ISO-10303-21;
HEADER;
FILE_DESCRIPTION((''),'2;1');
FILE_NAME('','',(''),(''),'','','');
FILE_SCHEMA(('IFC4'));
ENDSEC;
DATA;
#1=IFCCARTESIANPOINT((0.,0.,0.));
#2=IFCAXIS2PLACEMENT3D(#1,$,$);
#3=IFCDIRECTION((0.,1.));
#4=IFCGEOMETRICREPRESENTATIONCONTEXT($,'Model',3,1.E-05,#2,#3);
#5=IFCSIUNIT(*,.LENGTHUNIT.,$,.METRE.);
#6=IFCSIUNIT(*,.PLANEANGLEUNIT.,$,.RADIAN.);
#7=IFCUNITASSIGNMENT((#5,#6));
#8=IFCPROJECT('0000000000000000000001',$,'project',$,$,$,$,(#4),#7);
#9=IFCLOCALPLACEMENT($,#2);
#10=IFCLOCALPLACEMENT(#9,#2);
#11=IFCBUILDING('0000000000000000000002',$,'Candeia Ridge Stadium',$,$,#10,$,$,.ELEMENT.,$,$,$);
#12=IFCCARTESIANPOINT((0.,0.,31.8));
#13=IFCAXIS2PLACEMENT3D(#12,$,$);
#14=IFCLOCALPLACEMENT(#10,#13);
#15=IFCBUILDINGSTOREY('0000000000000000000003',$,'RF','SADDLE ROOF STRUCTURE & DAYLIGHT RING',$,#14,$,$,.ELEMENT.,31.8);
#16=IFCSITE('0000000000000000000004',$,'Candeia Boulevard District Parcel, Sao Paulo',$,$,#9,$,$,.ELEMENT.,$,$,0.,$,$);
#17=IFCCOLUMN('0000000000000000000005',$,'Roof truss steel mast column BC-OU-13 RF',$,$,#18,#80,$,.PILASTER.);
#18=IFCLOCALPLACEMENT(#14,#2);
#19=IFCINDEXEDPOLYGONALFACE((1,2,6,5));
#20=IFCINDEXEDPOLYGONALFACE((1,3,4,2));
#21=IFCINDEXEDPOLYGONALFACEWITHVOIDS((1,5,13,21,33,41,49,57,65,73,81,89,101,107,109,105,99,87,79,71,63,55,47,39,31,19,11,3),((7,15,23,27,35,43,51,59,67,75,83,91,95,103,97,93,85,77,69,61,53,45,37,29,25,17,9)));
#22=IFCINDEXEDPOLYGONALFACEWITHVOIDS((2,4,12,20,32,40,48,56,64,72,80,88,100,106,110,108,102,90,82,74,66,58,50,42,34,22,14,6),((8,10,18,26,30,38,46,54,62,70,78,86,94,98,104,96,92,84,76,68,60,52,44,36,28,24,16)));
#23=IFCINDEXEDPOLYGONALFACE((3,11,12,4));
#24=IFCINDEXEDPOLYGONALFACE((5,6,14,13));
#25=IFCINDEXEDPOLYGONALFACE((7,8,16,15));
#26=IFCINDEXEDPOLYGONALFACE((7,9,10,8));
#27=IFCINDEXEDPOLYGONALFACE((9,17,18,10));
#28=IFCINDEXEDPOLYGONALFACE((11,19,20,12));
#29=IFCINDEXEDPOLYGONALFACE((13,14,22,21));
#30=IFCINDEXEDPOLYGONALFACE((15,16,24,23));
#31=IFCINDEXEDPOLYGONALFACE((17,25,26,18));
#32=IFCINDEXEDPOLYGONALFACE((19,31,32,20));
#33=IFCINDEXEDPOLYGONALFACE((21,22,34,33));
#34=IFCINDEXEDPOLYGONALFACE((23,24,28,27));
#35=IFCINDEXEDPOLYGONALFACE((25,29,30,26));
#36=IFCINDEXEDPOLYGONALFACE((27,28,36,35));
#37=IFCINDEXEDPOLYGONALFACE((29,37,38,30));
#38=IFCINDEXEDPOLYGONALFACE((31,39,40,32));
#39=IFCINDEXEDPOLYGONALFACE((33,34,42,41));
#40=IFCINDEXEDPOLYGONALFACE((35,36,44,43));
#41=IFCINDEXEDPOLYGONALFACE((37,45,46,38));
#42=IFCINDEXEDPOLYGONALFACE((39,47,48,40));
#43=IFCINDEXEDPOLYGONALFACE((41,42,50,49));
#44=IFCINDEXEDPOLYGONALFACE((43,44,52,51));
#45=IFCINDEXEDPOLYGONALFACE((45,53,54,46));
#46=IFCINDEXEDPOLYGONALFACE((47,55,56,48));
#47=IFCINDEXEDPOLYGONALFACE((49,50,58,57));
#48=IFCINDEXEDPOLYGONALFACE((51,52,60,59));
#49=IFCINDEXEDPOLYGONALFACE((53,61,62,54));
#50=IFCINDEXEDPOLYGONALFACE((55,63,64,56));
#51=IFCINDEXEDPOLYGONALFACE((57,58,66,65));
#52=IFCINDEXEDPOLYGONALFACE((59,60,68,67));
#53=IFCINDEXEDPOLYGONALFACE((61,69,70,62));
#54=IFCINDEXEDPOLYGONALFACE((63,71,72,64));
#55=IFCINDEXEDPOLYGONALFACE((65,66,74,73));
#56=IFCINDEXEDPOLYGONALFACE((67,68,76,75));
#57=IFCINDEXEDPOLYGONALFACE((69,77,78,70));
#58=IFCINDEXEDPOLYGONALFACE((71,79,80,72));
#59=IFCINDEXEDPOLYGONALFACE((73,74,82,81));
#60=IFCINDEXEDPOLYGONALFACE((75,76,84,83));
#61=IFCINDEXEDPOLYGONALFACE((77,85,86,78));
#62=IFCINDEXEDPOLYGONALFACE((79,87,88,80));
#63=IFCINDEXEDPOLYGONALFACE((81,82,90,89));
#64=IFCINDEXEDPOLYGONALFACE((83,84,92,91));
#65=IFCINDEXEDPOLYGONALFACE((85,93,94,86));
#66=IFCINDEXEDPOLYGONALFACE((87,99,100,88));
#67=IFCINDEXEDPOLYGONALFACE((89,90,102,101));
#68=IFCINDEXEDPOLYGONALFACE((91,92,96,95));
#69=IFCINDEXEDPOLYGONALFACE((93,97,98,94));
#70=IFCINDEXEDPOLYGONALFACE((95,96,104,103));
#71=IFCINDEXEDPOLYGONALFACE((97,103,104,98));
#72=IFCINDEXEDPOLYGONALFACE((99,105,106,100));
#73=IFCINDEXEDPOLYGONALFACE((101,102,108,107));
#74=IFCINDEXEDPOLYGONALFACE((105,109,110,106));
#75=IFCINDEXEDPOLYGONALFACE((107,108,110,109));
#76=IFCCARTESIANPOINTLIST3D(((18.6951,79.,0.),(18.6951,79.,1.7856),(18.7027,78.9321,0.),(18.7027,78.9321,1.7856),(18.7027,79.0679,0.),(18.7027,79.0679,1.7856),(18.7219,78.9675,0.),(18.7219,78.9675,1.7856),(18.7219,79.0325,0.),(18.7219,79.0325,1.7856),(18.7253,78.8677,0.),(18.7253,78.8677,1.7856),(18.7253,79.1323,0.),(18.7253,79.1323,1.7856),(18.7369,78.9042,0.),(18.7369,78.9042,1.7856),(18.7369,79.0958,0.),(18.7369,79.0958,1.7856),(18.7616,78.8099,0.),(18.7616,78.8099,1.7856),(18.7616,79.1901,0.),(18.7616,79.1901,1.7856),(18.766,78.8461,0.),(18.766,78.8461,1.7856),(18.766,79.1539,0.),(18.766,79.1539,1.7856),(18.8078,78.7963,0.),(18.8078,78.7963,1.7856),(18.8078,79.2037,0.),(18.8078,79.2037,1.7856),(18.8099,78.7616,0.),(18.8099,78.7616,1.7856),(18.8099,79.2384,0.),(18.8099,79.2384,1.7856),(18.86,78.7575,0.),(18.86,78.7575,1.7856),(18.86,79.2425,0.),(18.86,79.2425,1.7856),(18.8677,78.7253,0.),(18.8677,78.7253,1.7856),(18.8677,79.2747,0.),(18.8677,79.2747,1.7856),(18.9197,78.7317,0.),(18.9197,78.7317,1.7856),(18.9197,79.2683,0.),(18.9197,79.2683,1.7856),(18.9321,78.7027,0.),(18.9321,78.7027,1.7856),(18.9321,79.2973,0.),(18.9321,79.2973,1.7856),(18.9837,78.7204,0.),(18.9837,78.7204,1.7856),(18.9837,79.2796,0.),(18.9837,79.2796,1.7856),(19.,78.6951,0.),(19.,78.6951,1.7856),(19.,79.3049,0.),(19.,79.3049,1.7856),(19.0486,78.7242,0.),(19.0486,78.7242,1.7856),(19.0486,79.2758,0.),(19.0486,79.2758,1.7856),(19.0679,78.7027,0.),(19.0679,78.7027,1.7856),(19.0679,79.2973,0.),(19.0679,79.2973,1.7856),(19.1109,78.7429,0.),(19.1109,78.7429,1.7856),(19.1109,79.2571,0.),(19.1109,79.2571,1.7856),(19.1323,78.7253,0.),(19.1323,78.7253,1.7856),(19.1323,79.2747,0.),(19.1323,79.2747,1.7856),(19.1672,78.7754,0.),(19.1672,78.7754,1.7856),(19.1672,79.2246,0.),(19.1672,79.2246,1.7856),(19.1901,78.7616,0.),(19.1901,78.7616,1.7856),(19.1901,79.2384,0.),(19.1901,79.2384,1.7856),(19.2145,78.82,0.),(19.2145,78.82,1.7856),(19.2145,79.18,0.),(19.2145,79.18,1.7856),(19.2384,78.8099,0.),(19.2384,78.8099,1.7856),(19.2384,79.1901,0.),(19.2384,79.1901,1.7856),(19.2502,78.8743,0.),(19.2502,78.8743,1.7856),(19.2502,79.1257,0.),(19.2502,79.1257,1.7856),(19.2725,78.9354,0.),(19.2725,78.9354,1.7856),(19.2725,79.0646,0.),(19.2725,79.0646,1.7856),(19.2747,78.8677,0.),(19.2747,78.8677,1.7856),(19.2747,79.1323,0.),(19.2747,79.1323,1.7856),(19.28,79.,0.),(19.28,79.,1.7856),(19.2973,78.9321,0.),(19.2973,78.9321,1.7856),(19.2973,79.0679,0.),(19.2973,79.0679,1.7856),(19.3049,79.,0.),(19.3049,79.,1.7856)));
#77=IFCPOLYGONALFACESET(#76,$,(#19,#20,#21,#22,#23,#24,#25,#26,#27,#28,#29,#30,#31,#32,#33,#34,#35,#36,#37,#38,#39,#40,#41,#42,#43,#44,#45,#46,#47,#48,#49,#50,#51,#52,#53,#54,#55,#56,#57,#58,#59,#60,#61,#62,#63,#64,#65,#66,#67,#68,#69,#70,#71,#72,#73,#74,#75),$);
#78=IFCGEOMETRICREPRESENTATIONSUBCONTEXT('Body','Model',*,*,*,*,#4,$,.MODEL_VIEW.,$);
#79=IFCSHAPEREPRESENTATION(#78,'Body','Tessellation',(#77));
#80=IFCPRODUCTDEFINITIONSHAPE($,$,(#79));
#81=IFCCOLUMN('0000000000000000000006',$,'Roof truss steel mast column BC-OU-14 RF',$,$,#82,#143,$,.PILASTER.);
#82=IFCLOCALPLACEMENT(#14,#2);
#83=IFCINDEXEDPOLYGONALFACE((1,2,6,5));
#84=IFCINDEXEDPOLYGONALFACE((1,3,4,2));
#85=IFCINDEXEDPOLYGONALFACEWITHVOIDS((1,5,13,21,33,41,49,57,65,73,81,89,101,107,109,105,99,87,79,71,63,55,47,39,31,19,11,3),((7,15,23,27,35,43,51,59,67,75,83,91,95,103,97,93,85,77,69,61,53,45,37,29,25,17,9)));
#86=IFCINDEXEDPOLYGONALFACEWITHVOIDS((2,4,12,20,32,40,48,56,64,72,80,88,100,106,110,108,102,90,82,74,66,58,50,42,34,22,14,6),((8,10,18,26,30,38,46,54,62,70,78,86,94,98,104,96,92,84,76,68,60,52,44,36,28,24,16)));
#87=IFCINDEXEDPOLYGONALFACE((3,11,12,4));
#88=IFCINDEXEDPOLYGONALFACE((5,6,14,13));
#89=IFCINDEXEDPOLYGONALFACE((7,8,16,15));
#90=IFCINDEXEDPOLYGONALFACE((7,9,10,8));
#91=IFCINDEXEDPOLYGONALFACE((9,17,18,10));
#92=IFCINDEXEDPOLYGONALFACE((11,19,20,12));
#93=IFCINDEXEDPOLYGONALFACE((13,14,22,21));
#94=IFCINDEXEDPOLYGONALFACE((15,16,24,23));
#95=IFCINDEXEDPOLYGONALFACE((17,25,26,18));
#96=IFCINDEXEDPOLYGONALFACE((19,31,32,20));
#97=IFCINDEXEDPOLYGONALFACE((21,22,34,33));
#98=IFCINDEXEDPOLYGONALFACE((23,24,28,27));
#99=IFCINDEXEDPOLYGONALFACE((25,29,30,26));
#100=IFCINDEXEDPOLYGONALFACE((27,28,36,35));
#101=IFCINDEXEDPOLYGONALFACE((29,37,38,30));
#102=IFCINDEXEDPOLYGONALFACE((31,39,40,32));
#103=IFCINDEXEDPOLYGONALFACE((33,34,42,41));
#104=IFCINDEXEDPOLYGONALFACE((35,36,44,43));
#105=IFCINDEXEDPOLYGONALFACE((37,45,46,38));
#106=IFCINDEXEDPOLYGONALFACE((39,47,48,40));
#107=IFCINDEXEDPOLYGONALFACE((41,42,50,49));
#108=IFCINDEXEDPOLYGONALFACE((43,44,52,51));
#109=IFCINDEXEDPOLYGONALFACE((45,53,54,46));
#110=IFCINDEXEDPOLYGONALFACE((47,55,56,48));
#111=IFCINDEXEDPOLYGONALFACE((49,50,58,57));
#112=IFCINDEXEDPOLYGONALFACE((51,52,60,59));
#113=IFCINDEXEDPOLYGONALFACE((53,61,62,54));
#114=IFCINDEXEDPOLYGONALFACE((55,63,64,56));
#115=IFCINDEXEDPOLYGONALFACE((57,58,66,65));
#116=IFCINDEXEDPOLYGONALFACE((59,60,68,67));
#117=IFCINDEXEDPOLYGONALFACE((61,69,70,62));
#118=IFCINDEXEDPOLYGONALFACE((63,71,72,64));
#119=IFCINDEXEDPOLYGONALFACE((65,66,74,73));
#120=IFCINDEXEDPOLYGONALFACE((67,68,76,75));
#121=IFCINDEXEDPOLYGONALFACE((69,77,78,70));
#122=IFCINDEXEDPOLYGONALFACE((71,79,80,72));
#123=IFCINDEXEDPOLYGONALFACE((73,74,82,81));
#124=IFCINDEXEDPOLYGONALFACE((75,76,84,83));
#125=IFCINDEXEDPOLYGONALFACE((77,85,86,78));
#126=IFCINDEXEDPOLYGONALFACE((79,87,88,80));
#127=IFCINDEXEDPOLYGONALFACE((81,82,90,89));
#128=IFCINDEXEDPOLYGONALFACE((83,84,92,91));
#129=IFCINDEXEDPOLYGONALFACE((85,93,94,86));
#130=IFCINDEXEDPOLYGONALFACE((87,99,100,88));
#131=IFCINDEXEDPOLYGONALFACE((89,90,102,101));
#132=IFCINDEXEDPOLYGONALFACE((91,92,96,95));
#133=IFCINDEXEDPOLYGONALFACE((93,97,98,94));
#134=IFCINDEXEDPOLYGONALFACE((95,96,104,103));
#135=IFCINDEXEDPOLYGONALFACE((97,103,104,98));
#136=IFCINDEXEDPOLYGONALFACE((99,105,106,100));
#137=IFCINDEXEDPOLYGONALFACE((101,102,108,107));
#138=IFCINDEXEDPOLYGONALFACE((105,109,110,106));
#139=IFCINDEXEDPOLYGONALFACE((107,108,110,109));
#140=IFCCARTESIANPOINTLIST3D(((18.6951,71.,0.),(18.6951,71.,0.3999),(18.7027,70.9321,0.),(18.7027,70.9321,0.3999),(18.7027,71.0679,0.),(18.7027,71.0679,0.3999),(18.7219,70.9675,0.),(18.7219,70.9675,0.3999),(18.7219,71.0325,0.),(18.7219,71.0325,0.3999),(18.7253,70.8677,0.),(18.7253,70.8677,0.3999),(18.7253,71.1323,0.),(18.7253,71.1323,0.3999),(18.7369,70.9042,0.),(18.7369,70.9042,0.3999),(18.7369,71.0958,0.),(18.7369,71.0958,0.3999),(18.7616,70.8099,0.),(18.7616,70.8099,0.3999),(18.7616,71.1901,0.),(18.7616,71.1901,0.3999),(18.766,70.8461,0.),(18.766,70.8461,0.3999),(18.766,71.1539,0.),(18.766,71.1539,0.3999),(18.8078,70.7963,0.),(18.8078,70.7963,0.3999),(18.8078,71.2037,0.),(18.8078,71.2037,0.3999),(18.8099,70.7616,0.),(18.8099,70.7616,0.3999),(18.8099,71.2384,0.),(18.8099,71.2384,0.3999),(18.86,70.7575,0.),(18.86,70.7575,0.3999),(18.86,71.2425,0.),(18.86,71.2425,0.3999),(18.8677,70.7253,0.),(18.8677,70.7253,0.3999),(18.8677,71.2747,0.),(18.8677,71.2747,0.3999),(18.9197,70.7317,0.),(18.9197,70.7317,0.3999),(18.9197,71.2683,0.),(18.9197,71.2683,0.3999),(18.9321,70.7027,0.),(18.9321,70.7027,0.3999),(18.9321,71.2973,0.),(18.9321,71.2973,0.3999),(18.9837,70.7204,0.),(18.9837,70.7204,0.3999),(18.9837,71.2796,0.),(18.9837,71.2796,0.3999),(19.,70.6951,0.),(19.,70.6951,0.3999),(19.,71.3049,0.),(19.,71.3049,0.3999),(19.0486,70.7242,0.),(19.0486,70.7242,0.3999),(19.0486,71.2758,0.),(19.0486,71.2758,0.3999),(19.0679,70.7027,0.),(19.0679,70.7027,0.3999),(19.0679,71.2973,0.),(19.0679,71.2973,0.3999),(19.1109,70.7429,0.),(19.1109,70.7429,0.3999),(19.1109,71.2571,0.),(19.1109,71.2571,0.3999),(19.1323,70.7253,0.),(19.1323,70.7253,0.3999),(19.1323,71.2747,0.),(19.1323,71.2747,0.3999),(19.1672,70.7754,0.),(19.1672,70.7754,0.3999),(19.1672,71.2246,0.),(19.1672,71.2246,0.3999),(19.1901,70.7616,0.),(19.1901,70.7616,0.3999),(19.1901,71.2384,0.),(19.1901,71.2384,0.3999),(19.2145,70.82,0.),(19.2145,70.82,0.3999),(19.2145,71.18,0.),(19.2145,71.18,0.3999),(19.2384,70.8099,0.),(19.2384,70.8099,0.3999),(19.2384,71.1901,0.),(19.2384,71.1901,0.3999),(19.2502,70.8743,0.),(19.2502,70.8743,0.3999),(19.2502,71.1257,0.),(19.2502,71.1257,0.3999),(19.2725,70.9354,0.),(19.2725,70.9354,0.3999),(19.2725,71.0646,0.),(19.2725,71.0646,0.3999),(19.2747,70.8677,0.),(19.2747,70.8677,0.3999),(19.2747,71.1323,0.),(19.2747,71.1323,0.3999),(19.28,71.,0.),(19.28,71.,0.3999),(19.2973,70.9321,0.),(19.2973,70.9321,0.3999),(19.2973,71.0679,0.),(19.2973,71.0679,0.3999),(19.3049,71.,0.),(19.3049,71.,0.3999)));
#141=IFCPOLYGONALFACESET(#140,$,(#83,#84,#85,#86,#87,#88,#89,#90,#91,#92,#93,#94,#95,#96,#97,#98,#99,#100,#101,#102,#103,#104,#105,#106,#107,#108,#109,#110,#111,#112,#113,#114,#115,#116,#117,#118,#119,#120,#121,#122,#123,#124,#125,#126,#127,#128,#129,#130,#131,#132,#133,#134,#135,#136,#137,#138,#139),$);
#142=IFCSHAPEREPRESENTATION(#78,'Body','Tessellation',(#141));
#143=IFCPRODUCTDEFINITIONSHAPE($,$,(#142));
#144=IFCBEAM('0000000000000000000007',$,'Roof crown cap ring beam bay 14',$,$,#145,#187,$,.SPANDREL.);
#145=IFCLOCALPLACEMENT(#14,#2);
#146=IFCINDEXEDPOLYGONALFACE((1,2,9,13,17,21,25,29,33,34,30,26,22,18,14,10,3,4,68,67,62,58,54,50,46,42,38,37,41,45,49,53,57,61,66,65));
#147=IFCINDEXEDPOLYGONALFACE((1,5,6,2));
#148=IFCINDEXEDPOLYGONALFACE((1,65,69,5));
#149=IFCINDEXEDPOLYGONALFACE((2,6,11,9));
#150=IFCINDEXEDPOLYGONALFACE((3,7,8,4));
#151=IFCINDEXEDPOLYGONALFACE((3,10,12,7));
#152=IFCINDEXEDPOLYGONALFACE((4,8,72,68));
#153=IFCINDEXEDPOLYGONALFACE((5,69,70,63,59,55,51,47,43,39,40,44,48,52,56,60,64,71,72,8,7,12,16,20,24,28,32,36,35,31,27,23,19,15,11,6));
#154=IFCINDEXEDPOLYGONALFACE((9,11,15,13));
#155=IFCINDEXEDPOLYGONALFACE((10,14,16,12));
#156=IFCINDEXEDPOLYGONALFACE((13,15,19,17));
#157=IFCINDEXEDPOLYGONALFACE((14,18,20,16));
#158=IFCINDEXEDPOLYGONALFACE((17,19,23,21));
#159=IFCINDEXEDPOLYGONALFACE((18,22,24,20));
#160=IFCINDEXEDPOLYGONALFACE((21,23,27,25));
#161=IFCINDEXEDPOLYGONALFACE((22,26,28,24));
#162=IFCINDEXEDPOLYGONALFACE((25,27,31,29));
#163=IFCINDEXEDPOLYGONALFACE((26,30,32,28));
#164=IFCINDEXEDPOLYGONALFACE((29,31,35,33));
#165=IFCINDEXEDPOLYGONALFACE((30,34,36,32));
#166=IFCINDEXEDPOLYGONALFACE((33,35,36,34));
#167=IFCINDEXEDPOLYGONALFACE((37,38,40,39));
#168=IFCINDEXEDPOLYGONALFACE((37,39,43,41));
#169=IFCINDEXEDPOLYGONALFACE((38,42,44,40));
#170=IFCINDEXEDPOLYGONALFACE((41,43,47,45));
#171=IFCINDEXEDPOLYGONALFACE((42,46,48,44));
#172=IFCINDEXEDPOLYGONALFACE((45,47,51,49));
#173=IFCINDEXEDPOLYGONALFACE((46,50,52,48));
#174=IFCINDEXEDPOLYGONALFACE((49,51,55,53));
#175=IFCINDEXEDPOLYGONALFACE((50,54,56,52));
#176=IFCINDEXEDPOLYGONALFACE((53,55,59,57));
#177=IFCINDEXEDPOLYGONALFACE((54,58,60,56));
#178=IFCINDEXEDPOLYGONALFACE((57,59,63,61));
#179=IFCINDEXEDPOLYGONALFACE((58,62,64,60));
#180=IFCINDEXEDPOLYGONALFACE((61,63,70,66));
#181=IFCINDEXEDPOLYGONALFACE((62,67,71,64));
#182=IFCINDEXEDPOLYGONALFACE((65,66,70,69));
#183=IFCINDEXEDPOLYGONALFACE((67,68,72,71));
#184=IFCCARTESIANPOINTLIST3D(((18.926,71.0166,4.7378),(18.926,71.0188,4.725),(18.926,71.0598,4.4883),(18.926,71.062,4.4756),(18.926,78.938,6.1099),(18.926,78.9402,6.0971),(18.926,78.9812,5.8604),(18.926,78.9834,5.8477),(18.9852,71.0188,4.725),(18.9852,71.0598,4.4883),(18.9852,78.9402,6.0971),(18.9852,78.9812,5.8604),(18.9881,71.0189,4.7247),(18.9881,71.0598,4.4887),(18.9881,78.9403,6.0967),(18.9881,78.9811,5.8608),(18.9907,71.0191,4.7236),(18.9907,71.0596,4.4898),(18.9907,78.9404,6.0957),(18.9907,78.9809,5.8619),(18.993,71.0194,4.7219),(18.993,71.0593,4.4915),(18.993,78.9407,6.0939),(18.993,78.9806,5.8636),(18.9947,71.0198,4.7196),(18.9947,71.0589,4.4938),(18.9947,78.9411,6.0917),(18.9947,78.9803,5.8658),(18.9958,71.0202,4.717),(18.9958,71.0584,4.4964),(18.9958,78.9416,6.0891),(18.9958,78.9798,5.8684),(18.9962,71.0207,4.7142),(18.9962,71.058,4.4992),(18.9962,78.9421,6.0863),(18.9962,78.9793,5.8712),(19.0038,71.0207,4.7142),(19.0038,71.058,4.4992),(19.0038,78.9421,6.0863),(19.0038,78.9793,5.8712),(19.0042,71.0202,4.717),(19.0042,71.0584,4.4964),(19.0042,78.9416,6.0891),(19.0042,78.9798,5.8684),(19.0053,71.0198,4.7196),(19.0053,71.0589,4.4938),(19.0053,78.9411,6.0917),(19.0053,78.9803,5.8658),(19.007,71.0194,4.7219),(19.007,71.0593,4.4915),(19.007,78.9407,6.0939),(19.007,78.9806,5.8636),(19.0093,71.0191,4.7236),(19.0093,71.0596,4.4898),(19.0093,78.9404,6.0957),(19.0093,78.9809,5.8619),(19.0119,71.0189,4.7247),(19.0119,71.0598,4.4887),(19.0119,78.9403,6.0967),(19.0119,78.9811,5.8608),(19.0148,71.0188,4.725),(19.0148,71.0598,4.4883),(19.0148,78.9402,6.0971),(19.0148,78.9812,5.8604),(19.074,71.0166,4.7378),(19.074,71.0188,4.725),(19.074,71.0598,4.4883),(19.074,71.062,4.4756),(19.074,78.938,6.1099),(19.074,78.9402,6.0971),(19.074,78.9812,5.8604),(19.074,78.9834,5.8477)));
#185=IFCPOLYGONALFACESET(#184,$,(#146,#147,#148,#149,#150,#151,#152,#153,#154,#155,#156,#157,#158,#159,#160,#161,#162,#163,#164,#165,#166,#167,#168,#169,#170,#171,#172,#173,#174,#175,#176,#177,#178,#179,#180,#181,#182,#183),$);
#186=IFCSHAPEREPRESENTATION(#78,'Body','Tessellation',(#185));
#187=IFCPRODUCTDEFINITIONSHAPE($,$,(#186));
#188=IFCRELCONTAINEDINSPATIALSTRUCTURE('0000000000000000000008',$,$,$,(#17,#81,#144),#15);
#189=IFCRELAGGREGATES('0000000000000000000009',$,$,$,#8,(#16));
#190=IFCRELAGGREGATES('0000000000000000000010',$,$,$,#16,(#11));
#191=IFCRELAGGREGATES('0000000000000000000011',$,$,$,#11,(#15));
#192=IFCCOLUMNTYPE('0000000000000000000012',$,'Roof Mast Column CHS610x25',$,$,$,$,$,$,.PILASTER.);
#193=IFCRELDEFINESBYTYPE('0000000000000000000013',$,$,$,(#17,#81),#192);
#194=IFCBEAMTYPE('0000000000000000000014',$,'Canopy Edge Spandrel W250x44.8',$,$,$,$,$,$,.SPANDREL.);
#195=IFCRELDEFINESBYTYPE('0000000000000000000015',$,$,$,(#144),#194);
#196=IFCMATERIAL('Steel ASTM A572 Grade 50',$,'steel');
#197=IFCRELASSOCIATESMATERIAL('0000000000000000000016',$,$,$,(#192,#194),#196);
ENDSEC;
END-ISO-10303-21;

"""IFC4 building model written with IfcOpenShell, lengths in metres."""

from ifc_helpers import new_model, si_unit, direction, frame, origin, origin_2d, place, context, subcontext, project, spatial, hollow_circle, i_section, extrude, material, material_profile, profile_set, type_object, element, save


model = new_model("IFC4")

# Units and contexts
model_context = context("Model", 3, precision=1e-05, world=origin(), true_north=direction((0.0, 1.0)))
body_context = subcontext(model_context, "Body", "Model", "MODEL_VIEW")
ifc_project = project(units=[si_unit("LENGTHUNIT", "METRE"), si_unit("PLANEANGLEUNIT", "RADIAN")], contexts=[model_context])

# Site, building, storey
site_placement = place(None, origin())
site = spatial("IfcSite", under=ifc_project, at=site_placement, Name="Candeia Boulevard District Parcel, Sao Paulo", CompositionType="ELEMENT", RefElevation=0.0)
building_placement = place(site_placement, origin())
building = spatial("IfcBuilding", under=site, at=building_placement, Name="Candeia Ridge Stadium", CompositionType="ELEMENT")
storey_placement = place(building_placement, frame((0.0, 0.0, 31.8)))
storey = spatial("IfcBuildingStorey", under=building, at=storey_placement, Name="RF", Description="SADDLE ROOF STRUCTURE & DAYLIGHT RING", CompositionType="ELEMENT", Elevation=31.8)

# Columns
ifc_material_1 = material(Name="Steel ASTM A572 Grade 50", Category="steel")
ifc_material_profile_1 = material_profile(ifc_material_1, hollow_circle(Radius=0.3049, WallThickness=0.0249, at=origin_2d()), Name="CHS610x25", Category="steel")
ifc_profile_set_1 = profile_set([ifc_material_profile_1], Name="Steel ASTM A572 Grade 50")
column_type = type_object("IfcColumnType", Name="Roof Mast Column CHS610x25", PredefinedType="PILASTER", material=ifc_profile_set_1)
column_1_placement = place(storey_placement, frame((19.0, 79.0, 0.0), z_axis=(0.0, 0.0, 1.0), x_axis=(1.0, 0.0, 0.0)))
element("IfcColumn", 1, at=column_1_placement, inside=storey, type_object=column_type, Name="Roof truss steel mast column BC-OU-13 RF", PredefinedType="PILASTER", context=body_context, shape_type="SweptSolid", body=[
    extrude(hollow_circle(Radius=0.3049, WallThickness=0.0249, at=origin_2d()), origin(), (0.0, 0.0, 1.0), 1.7856),
])
column_2_placement = place(storey_placement, frame((19.0, 71.0, 0.0), z_axis=(0.0, 0.0, 1.0), x_axis=(1.0, 0.0, 0.0)))
element("IfcColumn", 2, at=column_2_placement, inside=storey, type_object=column_type, Name="Roof truss steel mast column BC-OU-14 RF", PredefinedType="PILASTER", context=body_context, shape_type="SweptSolid", body=[
    extrude(hollow_circle(Radius=0.3049, WallThickness=0.0249, at=origin_2d()), origin(), (0.0, 0.0, 1.0), 0.3999),
])

# Beam
ifc_material_profile_2 = material_profile(ifc_material_1, i_section(OverallWidth=0.1479, OverallDepth=0.2661, WebThickness=0.0076, FlangeThickness=0.0129, FilletRadius=0.011, at=origin_2d()), Name="W250x44.8", Category="steel")
ifc_profile_set_2 = profile_set([ifc_material_profile_2], Name="Steel ASTM A572 Grade 50")
beam_type_1 = type_object("IfcBeamType", Name="Canopy Edge Spandrel W250x44.8", PredefinedType="SPANDREL", material=ifc_profile_set_2)
beam_1_placement = place(storey_placement, frame((19.0, 78.9607, 5.9788), z_axis=(0.0, -0.985328, -0.17067), x_axis=(1.0, 0.0, 0.0)))
element("IfcBeam", 3, at=beam_1_placement, inside=storey, type_object=beam_type_1, Name="Roof crown cap ring beam bay 14", PredefinedType="SPANDREL", context=body_context, shape_type="SweptSolid", body=[
    extrude(i_section(OverallWidth=0.1479, OverallDepth=0.2661, WebThickness=0.0076, FlangeThickness=0.0129, FilletRadius=0.011, at=origin_2d()), origin(), (0.0, 0.0, 1.0), 8.0393),
])

save(model, "model.ifc")
